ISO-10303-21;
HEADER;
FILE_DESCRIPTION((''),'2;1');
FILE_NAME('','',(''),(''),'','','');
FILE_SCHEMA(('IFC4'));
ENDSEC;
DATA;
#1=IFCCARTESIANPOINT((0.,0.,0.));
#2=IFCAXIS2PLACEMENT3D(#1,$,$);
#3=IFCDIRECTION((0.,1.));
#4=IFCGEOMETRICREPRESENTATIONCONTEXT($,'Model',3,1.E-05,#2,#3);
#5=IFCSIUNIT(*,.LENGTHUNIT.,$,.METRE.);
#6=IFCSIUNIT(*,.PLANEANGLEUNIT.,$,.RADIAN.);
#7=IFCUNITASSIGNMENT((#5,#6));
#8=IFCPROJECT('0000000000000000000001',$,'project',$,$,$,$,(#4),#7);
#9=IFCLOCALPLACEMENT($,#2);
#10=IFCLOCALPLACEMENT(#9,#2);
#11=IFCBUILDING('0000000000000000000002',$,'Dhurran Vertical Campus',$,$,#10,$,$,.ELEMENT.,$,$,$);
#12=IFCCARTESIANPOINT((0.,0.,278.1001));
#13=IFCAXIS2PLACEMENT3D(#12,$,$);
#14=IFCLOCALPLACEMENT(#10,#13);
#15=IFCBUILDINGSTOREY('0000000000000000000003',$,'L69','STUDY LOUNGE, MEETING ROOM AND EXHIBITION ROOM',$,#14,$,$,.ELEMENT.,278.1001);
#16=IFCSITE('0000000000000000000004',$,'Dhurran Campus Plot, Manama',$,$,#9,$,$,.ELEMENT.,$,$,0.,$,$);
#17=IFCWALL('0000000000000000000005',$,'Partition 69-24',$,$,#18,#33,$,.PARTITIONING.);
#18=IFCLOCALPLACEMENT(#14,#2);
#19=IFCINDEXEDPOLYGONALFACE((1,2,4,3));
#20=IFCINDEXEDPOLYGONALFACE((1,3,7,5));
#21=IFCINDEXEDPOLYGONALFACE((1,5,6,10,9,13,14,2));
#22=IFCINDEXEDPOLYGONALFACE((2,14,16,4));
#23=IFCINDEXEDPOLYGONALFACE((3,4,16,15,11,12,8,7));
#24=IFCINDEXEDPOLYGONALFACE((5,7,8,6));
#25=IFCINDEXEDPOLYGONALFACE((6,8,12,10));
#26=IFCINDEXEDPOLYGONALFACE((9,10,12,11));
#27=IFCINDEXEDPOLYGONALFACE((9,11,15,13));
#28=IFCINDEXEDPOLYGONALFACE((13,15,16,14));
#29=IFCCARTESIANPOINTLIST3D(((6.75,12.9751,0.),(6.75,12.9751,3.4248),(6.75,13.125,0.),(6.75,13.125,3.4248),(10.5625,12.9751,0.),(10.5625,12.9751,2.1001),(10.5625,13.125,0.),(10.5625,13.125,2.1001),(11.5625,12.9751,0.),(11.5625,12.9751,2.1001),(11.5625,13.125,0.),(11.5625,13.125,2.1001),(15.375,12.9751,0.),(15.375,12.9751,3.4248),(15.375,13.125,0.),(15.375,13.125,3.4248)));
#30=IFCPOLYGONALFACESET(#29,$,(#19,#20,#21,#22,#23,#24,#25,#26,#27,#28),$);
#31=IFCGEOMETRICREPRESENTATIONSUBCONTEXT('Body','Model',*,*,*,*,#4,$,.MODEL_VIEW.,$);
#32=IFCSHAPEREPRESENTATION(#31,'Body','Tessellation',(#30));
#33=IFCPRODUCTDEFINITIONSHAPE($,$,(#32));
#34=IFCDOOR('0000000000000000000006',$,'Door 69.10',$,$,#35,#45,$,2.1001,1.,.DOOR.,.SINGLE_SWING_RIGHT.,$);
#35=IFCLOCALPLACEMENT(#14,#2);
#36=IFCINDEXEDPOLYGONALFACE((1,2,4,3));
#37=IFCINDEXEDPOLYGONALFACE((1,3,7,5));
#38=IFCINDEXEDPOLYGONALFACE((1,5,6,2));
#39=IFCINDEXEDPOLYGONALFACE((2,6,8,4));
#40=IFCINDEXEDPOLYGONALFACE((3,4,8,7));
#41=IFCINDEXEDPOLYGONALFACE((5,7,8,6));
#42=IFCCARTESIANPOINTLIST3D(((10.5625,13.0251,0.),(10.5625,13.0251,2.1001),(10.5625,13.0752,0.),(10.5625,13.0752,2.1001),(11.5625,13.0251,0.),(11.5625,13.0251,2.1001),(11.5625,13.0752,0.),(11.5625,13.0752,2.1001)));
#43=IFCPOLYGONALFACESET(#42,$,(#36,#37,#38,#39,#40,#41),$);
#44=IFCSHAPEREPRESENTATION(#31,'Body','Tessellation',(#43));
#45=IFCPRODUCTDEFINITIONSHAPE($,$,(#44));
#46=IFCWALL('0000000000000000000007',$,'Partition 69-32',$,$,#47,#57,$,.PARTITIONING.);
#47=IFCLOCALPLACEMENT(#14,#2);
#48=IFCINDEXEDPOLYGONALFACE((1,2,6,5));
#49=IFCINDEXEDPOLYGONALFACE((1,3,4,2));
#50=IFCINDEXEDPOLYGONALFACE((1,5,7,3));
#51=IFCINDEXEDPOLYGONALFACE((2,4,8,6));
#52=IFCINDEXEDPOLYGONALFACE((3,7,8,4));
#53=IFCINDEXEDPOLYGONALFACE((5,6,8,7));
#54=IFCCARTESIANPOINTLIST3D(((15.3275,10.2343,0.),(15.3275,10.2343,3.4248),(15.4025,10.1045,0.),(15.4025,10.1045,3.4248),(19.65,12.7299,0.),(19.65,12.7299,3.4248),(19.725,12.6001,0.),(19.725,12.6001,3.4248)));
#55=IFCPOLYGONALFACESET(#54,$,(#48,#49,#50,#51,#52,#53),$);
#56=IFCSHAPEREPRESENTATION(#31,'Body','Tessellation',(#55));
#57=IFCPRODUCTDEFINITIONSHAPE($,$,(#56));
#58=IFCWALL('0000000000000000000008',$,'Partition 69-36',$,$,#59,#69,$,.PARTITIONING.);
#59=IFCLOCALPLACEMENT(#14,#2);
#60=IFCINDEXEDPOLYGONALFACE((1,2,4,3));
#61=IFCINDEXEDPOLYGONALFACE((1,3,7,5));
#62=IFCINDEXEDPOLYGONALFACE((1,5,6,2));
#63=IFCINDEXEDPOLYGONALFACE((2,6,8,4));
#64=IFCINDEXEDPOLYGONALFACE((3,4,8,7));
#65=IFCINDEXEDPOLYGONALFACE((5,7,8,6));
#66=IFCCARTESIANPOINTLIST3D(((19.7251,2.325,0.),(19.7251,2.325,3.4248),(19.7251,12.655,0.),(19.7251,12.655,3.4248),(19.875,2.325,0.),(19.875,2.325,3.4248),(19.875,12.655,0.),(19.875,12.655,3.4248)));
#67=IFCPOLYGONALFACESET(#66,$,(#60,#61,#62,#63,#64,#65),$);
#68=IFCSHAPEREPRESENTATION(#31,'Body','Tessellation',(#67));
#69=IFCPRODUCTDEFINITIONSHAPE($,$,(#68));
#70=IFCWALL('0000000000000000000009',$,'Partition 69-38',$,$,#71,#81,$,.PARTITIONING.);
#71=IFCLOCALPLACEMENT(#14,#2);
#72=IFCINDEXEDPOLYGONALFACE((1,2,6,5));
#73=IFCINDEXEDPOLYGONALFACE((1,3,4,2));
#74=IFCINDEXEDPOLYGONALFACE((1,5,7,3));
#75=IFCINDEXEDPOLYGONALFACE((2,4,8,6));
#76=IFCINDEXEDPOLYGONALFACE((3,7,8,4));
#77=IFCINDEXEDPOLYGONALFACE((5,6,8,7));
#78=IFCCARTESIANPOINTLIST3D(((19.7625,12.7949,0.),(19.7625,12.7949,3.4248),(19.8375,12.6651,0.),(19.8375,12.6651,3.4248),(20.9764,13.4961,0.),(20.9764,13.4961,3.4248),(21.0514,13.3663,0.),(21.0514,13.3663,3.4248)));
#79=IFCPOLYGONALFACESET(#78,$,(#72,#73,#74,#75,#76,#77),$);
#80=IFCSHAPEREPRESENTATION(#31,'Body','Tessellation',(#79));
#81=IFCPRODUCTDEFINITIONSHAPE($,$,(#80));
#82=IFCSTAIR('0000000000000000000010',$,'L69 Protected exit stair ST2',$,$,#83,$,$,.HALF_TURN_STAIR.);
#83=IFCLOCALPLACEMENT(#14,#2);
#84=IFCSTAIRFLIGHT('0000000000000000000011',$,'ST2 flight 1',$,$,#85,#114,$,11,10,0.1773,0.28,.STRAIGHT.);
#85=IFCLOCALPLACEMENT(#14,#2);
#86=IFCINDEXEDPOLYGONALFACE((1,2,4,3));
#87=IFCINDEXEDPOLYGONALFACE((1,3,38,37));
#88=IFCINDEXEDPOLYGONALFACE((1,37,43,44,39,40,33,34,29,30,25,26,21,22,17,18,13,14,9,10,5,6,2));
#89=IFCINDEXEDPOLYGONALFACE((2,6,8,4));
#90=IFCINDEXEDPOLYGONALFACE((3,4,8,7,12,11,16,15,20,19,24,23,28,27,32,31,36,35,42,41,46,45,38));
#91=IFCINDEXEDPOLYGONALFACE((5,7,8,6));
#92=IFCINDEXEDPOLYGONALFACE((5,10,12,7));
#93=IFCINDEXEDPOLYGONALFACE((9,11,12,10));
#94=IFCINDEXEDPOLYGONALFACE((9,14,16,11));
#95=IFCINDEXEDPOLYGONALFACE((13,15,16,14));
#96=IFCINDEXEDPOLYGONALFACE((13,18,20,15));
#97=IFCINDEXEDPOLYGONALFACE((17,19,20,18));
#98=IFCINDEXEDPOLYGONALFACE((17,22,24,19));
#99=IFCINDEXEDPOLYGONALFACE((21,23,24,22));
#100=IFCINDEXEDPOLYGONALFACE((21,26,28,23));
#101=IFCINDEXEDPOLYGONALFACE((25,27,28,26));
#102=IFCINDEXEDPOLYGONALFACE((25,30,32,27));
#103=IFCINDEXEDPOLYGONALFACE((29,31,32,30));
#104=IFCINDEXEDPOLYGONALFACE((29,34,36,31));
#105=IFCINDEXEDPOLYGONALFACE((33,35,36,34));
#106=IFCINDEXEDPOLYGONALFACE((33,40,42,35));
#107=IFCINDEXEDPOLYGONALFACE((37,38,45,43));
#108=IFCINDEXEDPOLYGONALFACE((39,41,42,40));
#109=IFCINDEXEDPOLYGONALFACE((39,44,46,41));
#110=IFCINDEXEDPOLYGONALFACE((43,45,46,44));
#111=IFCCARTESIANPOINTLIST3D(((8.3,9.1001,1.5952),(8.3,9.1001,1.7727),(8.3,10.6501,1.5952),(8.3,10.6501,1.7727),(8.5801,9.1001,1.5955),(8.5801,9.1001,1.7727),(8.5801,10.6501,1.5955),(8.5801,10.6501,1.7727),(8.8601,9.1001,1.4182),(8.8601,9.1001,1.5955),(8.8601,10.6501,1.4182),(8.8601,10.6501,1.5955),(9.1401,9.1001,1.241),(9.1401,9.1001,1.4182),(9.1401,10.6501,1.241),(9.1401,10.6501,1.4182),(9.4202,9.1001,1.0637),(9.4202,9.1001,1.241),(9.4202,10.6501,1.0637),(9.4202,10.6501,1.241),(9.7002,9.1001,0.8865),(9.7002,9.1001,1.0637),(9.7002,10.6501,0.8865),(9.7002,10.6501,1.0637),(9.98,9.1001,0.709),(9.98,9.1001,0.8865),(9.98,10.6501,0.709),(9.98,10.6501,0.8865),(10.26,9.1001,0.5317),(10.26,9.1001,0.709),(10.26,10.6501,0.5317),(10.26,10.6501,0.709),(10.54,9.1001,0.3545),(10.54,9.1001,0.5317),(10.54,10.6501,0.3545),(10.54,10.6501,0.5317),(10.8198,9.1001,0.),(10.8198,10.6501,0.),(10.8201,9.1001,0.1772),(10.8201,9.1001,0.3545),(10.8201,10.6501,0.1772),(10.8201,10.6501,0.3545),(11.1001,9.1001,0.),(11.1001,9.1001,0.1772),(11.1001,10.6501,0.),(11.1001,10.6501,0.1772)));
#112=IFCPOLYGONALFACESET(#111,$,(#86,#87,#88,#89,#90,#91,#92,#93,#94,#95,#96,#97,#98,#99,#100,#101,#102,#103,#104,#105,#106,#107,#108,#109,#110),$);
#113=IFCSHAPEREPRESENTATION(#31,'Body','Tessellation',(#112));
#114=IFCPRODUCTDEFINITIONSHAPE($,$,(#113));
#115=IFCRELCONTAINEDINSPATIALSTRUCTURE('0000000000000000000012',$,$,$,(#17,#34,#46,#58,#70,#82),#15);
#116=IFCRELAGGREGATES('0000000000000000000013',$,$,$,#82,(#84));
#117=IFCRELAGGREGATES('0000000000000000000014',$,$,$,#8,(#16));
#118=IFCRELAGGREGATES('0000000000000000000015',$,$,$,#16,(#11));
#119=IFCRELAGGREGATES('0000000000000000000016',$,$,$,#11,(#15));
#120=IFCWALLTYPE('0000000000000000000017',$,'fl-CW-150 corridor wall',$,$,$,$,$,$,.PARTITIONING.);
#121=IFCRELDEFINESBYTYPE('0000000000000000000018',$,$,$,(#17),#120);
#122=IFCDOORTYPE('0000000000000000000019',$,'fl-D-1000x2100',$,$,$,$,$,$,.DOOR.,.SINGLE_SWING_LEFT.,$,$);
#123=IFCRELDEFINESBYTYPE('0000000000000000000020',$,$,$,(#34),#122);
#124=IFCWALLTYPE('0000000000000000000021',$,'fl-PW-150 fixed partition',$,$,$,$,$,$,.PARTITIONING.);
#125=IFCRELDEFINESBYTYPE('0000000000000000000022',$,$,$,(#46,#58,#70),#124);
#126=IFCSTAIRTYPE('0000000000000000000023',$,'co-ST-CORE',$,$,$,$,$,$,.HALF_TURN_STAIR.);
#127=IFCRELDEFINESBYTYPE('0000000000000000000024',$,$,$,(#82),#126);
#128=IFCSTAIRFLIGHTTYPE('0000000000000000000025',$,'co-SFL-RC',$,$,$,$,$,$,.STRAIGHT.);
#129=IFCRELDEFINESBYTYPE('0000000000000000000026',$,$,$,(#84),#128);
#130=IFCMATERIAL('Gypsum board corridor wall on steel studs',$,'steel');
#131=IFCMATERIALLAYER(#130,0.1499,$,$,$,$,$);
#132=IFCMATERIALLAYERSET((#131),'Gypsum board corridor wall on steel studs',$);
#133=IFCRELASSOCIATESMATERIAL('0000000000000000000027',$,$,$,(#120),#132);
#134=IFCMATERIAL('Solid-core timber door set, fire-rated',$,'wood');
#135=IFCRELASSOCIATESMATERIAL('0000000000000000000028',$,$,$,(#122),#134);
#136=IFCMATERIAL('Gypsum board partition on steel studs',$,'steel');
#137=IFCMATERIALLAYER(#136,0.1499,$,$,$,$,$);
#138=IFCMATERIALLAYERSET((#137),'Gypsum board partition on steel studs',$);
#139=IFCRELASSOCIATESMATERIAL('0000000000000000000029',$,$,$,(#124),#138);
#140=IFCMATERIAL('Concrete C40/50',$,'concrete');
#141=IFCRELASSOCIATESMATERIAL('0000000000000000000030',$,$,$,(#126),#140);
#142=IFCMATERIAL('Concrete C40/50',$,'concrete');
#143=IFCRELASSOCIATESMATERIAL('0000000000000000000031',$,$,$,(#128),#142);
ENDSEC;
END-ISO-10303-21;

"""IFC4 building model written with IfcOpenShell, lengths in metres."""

from ifc_helpers import new_model, si_unit, direction, frame, frame_2d, origin, place, context, subcontext, project, spatial, polyline, rectangle, outline, extrude, material, layer, layer_set, type_object, element, fill, aggregate, save


model = new_model("IFC4")

# Units and contexts
model_context = context("Model", 3, precision=1e-05, world=origin(), true_north=direction((0.0, 1.0)))
body_context = subcontext(model_context, "Body", "Model", "MODEL_VIEW")
ifc_project = project(units=[si_unit("LENGTHUNIT", "METRE"), si_unit("PLANEANGLEUNIT", "RADIAN")], contexts=[model_context])

# Site, building, storey
site_placement = place(None, origin())
site = spatial("IfcSite", under=ifc_project, at=site_placement, Name="Dhurran Campus Plot, Manama", CompositionType="ELEMENT", RefElevation=0.0)
building_placement = place(site_placement, origin())
building = spatial("IfcBuilding", under=site, at=building_placement, Name="Dhurran Vertical Campus", CompositionType="ELEMENT")
storey_placement = place(building_placement, frame((0.0, 0.0, 278.1001)))
storey = spatial("IfcBuildingStorey", under=building, at=storey_placement, Name="L69", Description="STUDY LOUNGE, MEETING ROOM AND EXHIBITION ROOM", CompositionType="ELEMENT", Elevation=278.1001)

# Wall, opening, door
ifc_material_1 = material(Name="Gypsum board corridor wall on steel studs", Category="steel")
ifc_layer_1 = layer(ifc_material_1, 0.1499)
ifc_layer_set_1 = layer_set([ifc_layer_1], Name="Gypsum board corridor wall on steel studs")
wall_type_1 = type_object("IfcWallType", Name="fl-CW-150 corridor wall", PredefinedType="PARTITIONING", material=ifc_layer_set_1)
wall_1_placement = place(storey_placement, frame((15.375, 13.05, 0.0), z_axis=(0.0, 0.0, 1.0), x_axis=(-1.0, 0.0, 0.0)))
wall_1 = element("IfcWall", 1, at=wall_1_placement, inside=storey, type_object=wall_type_1, Name="Partition 69-24", PredefinedType="PARTITIONING", context=body_context, shape_type="SweptSolid", body=[
    extrude(rectangle(XDim=8.625, YDim=0.1499, at=frame_2d((4.3125, 0.0))), origin(), (0.0, 0.0, 1.0), 3.4248),
])
opening_1_placement = place(wall_1_placement, frame((3.8125, 0.0, 0.0)))
opening_1 = element("IfcOpeningElement", 2, at=opening_1_placement, cuts=wall_1, PredefinedType="OPENING", context=body_context, shape_type="SweptSolid", body=[
    extrude(rectangle(XDim=1.0, YDim=2.1001, at=frame_2d((0.5, 1.05))), frame((0.0, 0.085, 0.0), z_axis=(0.0, -1.0, 0.0), x_axis=(1.0, 0.0, 0.0)), (0.0, 0.0, 1.0), 0.1699),
])
ifc_material_2 = material(Name="Solid-core timber door set, fire-rated", Category="wood")
door_type = type_object("IfcDoorType", Name="fl-D-1000x2100", OperationType="SINGLE_SWING_LEFT", PredefinedType="DOOR", material=ifc_material_2)
door_placement = place(opening_1_placement, origin())
door = element("IfcDoor", 3, at=door_placement, inside=storey, type_object=door_type, Name="Door 69.10", OperationType="SINGLE_SWING_RIGHT", OverallHeight=2.1001, OverallWidth=1.0, PredefinedType="DOOR", context=body_context, shape_type="SweptSolid", body=[
    extrude(rectangle(XDim=1.0, YDim=2.1001, at=frame_2d((0.5, 1.05))), frame((0.0, 0.0249, 0.0), z_axis=(0.0, -1.0, 0.0), x_axis=(1.0, 0.0, 0.0)), (0.0, 0.0, 1.0), 0.05),
])
fill(opening_1, door)

# Walls
ifc_material_3 = material(Name="Gypsum board partition on steel studs", Category="steel")
ifc_layer_2 = layer(ifc_material_3, 0.1499)
ifc_layer_set_2 = layer_set([ifc_layer_2], Name="Gypsum board partition on steel studs")
wall_type_2 = type_object("IfcWallType", Name="fl-PW-150 fixed partition", PredefinedType="PARTITIONING", material=ifc_layer_set_2)
wall_2_placement = place(storey_placement, frame((19.6875, 12.665, 0.0), z_axis=(0.0, 0.0, 1.0), x_axis=(-0.866025, -0.5, 0.0)))
element("IfcWall", 4, at=wall_2_placement, inside=storey, type_object=wall_type_2, Name="Partition 69-32", PredefinedType="PARTITIONING", context=body_context, shape_type="SweptSolid", body=[
    extrude(rectangle(XDim=4.9912, YDim=0.1499, at=frame_2d((2.4956, 0.0))), origin(), (0.0, 0.0, 1.0), 3.4248),
])
wall_3_placement = place(storey_placement, frame((19.8, 12.655, 0.0), z_axis=(0.0, 0.0, 1.0), x_axis=(0.0, -1.0, 0.0)))
element("IfcWall", 5, at=wall_3_placement, inside=storey, type_object=wall_type_2, Name="Partition 69-36", PredefinedType="PARTITIONING", context=body_context, shape_type="SweptSolid", body=[
    extrude(rectangle(XDim=10.3301, YDim=0.1499, at=frame_2d((5.165, 0.0))), origin(), (0.0, 0.0, 1.0), 3.4248),
])
wall_4_placement = place(storey_placement, frame((21.0139, 13.4312, 0.0), z_axis=(0.0, 0.0, 1.0), x_axis=(-0.865919, -0.500185, 0.0)))
element("IfcWall", 6, at=wall_4_placement, inside=storey, type_object=wall_type_2, Name="Partition 69-38", PredefinedType="PARTITIONING", context=body_context, shape_type="SweptSolid", body=[
    extrude(rectangle(XDim=1.4019, YDim=0.1499, at=frame_2d((0.7009, 0.0))), origin(), (0.0, 0.0, 1.0), 3.4248),
])

# Stair, stair flight
ifc_material_4 = material(Name="Concrete C40/50", Category="concrete")
stair_type = type_object("IfcStairType", Name="co-ST-CORE", PredefinedType="HALF_TURN_STAIR", material=ifc_material_4)
stair_placement = place(storey_placement, origin())
stair = element("IfcStair", 7, at=stair_placement, inside=storey, type_object=stair_type, Name="L69 Protected exit stair ST2", PredefinedType="HALF_TURN_STAIR")
ifc_material_5 = material(Name="Concrete C40/50", Category="concrete")
stair_flight_type = type_object("IfcStairFlightType", Name="co-SFL-RC", PredefinedType="STRAIGHT", material=ifc_material_5)
stair_flight_placement = place(storey_placement, frame((11.1001, 9.875, 0.0), z_axis=(0.0, 0.0, 1.0), x_axis=(-1.0, 0.0, 0.0)))
stair_flight = element("IfcStairFlight", 8, at=stair_flight_placement, type_object=stair_flight_type, Name="ST2 flight 1", NumberOfRisers=11, NumberOfTreads=10, PredefinedType="STRAIGHT", RiserHeight=0.1773, TreadLength=0.28, context=body_context, shape_type="SweptSolid", body=[
    extrude(outline(polyline([(0.0, 0.0), (0.0, 0.1772), (0.28, 0.1772), (0.28, 0.3545), (0.5601, 0.3545), (0.5601, 0.5317), (0.8401, 0.5317), (0.8401, 0.709), (1.1201, 0.709), (1.1201, 0.8865), (1.3999, 0.8865), (1.3999, 1.0637), (1.6799, 1.0637), (1.6799, 1.241), (1.96, 1.241), (1.96, 1.4182), (2.24, 1.4182), (2.24, 1.5955), (2.52, 1.5955), (2.52, 1.7727), (2.8, 1.7727), (2.8, 1.95), (2.8, 1.5952), (0.2803, 0.0), (0.0, 0.0)])), frame((0.0, 0.7749, 0.0), z_axis=(0.0, -1.0, 0.0), x_axis=(1.0, 0.0, 0.0)), (0.0, 0.0, 1.0), 1.55),
])
aggregate(stair, [stair_flight])

save(model, "model.ifc")
